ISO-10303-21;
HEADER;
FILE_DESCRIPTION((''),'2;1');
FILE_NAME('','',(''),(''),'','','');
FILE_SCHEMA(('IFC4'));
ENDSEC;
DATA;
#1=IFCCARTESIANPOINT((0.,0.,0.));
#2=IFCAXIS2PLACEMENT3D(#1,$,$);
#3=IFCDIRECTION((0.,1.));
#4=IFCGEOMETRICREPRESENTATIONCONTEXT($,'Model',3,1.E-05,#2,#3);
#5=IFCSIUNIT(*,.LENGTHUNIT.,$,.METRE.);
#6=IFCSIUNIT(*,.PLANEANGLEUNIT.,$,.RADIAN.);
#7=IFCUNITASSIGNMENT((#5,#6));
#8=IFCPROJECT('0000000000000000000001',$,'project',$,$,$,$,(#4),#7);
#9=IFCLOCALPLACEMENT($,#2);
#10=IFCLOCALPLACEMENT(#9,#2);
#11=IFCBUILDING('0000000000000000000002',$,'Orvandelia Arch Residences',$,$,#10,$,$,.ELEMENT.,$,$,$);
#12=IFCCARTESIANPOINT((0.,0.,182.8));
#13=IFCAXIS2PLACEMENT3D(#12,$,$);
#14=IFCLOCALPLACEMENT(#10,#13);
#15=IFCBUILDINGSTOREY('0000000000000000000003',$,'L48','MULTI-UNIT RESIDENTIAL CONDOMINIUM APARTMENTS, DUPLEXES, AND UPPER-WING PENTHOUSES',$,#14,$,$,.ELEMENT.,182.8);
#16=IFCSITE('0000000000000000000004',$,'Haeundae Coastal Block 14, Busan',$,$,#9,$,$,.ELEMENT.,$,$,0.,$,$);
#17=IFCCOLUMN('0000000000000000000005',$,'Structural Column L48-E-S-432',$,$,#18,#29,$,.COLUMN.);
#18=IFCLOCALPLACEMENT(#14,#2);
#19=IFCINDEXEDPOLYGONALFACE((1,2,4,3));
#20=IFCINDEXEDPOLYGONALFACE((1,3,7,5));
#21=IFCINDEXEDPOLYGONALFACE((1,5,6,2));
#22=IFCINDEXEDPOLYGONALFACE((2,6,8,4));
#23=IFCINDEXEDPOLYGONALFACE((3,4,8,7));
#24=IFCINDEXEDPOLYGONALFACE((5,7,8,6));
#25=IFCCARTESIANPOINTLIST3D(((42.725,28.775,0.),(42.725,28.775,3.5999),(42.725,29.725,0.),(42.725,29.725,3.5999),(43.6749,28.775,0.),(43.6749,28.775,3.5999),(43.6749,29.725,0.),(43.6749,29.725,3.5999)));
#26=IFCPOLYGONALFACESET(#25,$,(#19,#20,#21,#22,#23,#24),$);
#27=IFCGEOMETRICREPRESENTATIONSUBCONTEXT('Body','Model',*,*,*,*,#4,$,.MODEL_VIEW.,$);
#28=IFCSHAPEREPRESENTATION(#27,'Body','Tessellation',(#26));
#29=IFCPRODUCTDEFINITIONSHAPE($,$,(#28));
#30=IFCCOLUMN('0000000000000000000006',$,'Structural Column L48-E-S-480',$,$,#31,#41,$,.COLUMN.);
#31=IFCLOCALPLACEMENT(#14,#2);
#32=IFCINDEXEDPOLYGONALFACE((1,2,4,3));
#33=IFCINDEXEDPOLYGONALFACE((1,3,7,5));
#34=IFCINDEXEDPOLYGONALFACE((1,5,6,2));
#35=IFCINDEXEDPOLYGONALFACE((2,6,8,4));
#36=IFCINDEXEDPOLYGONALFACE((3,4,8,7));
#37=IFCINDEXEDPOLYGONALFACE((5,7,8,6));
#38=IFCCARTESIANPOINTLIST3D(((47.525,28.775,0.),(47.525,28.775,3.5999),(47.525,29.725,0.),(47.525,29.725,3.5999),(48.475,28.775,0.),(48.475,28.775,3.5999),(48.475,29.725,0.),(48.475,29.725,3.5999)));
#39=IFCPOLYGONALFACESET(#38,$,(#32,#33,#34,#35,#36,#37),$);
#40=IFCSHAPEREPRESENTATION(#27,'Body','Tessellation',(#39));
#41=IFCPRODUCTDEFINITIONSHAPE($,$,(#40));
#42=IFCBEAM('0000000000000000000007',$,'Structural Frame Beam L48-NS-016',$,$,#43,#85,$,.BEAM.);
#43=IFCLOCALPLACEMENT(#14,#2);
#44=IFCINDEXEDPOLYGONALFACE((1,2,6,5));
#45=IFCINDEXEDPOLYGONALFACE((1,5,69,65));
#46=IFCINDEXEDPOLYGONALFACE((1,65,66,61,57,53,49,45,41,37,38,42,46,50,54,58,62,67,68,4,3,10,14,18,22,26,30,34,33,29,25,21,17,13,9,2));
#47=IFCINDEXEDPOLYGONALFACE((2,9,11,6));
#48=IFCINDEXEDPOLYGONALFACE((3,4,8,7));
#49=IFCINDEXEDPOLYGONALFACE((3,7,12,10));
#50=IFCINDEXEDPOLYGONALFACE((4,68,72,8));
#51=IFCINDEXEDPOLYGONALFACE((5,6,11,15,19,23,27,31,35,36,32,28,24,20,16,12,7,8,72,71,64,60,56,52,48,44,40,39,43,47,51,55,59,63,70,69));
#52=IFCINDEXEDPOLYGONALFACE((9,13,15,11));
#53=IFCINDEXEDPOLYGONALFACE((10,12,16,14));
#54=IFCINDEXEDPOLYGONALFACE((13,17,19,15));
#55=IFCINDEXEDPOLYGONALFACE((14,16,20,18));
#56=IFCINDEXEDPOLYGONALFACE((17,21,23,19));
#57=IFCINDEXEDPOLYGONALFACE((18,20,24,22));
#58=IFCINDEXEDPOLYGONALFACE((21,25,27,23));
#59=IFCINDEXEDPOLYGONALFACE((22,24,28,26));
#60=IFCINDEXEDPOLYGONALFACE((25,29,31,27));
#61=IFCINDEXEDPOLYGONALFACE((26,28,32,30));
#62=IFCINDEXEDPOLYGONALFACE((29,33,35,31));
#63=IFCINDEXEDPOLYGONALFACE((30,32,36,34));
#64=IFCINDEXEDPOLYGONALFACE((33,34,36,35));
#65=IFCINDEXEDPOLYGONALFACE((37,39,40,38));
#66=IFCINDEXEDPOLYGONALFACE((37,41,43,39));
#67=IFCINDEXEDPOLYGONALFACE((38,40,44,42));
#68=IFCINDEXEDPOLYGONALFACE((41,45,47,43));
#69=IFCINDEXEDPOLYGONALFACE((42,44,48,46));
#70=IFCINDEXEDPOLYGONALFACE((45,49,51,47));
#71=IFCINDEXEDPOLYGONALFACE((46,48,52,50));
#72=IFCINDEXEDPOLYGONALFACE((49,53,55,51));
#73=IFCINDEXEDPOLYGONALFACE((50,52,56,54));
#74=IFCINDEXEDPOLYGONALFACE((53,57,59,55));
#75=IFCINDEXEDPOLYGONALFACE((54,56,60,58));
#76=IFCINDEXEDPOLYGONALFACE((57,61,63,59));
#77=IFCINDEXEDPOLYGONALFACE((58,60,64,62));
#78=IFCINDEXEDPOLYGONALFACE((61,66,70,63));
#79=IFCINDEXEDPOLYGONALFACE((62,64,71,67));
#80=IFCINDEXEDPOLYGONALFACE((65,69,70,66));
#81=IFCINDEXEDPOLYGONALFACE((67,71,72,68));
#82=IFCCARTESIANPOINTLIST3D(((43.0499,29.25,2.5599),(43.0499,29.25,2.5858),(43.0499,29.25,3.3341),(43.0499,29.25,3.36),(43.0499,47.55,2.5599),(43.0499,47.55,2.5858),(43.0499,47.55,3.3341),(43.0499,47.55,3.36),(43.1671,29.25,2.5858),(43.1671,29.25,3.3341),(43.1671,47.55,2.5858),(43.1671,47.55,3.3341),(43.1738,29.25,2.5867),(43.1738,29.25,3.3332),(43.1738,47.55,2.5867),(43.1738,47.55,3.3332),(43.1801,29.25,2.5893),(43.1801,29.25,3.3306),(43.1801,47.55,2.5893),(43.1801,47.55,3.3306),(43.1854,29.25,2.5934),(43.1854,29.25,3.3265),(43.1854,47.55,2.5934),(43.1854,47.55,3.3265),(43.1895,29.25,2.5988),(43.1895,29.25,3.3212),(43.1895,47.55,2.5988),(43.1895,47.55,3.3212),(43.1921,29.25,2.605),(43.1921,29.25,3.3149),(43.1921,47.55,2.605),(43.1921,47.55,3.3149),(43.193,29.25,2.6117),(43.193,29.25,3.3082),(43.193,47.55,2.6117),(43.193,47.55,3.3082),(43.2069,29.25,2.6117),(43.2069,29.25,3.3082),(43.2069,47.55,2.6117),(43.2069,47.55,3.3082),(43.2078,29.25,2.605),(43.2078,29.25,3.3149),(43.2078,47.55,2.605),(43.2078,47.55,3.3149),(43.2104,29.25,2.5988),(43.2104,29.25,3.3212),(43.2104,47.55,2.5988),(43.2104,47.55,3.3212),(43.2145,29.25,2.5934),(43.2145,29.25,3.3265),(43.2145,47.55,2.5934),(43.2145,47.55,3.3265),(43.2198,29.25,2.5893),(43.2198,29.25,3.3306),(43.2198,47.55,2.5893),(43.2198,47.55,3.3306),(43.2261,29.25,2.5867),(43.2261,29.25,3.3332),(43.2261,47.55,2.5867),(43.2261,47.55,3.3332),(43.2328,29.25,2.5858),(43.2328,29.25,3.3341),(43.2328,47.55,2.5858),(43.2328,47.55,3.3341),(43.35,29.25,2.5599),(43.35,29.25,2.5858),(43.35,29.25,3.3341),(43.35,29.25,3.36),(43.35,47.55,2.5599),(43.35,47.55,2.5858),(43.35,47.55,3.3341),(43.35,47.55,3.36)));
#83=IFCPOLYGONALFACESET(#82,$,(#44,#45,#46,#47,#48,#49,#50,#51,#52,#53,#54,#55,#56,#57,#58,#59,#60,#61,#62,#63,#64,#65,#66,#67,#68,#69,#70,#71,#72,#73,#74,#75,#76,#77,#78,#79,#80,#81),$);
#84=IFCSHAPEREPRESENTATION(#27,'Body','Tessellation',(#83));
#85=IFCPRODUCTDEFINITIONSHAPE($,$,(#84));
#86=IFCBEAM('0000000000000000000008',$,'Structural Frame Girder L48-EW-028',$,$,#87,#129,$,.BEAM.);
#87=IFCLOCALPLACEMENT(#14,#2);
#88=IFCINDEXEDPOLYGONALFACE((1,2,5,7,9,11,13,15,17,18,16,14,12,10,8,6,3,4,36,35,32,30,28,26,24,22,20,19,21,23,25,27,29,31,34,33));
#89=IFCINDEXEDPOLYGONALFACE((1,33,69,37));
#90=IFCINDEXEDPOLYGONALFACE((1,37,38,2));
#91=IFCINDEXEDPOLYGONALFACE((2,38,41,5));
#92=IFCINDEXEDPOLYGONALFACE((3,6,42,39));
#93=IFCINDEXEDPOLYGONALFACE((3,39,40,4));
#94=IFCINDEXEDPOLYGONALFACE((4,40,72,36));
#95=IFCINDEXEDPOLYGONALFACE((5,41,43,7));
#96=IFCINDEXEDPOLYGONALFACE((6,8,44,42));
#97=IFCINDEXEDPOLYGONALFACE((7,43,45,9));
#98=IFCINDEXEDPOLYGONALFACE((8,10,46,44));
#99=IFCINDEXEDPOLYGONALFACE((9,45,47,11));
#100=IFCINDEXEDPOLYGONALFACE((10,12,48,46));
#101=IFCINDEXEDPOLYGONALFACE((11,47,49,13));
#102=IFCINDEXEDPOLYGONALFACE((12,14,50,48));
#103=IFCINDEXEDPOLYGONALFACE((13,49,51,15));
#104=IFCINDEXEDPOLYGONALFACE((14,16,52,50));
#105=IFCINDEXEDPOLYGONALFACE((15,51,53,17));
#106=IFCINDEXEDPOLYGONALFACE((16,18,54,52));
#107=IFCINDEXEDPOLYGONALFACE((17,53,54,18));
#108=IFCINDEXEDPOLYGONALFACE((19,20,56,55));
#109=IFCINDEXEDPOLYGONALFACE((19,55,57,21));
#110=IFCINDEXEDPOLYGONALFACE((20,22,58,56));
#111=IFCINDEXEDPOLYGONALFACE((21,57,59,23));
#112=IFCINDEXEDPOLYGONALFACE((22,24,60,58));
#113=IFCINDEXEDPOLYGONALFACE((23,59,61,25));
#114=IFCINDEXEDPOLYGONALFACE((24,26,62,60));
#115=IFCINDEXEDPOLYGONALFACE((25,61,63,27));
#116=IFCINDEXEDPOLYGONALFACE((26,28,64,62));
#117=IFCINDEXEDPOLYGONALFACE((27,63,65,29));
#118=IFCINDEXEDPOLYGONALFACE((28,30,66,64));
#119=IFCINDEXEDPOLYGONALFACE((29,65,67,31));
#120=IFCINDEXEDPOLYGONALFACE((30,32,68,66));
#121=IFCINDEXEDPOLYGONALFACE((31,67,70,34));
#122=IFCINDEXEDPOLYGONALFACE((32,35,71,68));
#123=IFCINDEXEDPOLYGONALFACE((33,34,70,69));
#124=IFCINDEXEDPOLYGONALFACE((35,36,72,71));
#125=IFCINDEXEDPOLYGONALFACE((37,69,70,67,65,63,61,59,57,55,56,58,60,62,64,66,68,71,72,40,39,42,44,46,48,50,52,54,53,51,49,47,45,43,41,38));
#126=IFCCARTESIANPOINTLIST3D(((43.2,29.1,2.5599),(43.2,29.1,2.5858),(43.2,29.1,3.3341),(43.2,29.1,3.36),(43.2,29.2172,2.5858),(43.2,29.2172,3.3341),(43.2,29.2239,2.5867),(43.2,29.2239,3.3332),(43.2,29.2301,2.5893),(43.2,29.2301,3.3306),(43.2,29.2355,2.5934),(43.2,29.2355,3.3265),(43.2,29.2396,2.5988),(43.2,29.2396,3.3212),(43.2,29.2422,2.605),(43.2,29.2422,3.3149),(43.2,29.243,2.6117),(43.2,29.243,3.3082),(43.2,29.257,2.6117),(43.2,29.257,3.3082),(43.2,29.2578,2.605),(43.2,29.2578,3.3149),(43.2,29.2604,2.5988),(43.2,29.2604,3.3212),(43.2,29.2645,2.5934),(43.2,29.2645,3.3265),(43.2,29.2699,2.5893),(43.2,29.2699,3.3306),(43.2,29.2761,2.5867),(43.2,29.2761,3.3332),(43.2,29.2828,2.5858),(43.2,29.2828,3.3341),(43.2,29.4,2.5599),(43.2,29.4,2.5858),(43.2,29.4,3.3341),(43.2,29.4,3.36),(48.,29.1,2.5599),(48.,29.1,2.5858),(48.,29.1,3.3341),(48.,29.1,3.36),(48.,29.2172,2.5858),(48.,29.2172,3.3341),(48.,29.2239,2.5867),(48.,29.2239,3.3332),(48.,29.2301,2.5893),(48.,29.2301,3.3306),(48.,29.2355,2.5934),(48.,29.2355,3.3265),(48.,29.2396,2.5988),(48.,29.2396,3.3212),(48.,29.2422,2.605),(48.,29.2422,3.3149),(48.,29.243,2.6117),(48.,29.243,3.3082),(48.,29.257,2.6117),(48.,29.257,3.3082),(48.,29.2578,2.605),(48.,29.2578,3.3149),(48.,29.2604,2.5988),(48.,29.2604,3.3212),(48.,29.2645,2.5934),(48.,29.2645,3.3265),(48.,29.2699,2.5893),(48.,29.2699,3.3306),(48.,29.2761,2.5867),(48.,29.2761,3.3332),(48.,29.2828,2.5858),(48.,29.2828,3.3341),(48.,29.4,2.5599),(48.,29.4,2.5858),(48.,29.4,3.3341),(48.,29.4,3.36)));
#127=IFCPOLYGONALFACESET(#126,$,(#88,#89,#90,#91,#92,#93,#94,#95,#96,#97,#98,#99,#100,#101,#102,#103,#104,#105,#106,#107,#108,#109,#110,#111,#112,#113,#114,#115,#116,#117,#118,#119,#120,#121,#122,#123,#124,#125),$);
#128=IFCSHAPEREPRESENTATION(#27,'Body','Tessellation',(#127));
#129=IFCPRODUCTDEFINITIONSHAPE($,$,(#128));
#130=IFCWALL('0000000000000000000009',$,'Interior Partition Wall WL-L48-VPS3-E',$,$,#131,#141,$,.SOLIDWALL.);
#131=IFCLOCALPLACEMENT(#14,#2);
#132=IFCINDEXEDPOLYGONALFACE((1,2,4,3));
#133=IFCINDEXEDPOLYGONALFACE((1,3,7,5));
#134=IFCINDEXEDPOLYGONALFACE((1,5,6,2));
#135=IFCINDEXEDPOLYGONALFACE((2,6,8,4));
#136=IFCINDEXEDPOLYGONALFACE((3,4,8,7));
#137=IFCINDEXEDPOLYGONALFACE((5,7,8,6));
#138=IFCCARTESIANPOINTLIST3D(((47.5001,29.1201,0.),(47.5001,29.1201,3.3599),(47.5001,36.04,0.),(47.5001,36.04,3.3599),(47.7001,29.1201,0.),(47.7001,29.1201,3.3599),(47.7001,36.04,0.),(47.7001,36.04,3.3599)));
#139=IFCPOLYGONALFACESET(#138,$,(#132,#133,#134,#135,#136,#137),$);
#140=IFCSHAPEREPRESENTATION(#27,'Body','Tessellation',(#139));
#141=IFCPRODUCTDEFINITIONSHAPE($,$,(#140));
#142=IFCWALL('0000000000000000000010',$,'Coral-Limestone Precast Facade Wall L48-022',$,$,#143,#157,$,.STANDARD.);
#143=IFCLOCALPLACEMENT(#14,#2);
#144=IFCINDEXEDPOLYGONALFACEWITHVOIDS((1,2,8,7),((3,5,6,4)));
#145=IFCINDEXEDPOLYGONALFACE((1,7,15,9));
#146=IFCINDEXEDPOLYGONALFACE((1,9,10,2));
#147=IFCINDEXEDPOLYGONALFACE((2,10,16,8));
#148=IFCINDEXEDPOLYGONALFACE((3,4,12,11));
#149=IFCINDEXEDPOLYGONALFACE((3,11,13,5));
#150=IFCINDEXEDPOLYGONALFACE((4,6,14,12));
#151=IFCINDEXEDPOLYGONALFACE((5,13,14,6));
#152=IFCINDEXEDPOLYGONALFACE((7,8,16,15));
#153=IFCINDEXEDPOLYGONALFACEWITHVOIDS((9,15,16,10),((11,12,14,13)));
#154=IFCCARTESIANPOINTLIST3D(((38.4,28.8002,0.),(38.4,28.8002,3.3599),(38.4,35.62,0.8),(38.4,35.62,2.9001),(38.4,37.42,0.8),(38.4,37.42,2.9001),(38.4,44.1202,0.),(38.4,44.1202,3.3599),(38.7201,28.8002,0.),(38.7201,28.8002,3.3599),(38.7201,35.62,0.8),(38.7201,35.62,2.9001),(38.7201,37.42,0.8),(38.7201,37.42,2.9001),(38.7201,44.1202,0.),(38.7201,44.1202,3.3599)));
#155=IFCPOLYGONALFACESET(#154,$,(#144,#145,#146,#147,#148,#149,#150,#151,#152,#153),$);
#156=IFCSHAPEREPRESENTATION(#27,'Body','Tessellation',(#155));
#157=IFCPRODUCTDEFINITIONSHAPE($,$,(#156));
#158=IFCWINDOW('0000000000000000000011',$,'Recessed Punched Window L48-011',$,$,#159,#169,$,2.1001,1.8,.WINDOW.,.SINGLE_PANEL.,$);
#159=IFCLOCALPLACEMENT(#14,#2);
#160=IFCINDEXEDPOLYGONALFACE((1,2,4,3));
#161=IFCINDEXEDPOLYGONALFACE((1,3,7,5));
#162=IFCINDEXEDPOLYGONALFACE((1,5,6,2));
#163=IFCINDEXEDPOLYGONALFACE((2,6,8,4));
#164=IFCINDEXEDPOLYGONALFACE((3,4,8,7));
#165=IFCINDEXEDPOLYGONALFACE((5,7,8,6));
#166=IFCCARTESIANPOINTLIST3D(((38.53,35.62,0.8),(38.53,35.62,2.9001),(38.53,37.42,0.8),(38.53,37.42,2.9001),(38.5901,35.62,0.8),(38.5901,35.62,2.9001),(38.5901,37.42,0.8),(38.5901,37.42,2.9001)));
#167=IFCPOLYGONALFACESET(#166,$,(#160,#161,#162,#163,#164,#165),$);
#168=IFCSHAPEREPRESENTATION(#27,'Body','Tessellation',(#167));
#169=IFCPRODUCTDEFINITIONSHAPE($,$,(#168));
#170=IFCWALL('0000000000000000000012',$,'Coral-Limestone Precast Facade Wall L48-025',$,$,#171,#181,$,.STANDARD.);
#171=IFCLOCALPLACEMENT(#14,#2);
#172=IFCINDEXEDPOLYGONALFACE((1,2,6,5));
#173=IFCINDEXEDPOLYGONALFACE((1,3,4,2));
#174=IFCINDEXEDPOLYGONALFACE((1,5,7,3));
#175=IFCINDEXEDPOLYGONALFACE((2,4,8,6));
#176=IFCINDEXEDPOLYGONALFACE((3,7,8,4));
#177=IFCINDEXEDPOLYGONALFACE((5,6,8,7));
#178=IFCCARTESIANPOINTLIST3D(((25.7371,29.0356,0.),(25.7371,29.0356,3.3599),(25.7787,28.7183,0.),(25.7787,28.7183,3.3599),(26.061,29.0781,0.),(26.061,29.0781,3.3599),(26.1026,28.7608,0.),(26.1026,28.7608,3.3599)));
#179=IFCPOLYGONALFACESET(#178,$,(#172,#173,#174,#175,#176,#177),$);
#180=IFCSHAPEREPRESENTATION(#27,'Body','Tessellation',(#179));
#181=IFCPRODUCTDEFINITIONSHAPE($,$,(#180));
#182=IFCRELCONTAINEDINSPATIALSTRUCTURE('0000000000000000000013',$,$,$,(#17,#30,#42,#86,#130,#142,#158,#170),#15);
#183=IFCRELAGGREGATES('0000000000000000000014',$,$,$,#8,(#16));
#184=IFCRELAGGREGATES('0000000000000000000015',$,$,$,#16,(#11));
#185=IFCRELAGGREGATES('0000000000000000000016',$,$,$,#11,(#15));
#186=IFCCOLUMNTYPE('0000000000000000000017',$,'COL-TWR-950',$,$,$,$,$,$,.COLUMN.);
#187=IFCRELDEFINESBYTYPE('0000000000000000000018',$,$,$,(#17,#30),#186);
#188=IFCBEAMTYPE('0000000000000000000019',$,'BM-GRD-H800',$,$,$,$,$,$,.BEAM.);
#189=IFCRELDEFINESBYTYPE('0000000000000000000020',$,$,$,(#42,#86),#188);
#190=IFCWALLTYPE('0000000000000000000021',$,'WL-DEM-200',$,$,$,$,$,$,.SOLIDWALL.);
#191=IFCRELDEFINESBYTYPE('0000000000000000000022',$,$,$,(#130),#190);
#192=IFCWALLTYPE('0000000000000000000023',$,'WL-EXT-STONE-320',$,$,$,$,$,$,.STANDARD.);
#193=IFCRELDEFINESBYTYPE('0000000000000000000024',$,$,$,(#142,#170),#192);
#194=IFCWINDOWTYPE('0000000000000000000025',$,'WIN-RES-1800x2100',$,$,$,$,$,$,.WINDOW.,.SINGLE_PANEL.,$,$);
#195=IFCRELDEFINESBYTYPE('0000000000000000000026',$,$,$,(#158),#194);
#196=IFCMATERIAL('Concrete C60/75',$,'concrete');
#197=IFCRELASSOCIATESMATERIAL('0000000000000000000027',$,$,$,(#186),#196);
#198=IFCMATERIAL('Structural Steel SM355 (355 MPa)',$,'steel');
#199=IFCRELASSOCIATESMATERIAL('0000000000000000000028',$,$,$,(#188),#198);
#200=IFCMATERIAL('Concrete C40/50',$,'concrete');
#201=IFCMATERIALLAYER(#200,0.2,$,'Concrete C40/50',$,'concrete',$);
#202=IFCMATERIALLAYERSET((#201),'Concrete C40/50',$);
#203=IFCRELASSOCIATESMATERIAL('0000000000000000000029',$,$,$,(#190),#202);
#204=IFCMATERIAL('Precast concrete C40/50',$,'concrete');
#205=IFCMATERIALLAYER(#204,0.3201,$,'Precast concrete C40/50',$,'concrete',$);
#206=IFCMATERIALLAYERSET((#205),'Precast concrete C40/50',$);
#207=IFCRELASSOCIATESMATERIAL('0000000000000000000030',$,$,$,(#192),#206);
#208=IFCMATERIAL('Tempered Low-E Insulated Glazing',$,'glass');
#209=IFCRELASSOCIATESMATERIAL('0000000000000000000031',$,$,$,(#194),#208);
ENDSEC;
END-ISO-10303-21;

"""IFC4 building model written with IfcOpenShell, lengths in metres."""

from ifc_helpers import new_model, si_unit, direction, frame, frame_2d, origin, origin_2d, place, context, subcontext, project, spatial, rectangle, i_section, extrude, material, layer, layer_set, material_profile, profile_set, type_object, element, fill, save


model = new_model("IFC4")

# Units and contexts
model_context = context("Model", 3, precision=1e-05, world=origin(), true_north=direction((0.0, 1.0)))
body_context = subcontext(model_context, "Body", "Model", "MODEL_VIEW")
ifc_project = project(units=[si_unit("LENGTHUNIT", "METRE"), si_unit("PLANEANGLEUNIT", "RADIAN")], contexts=[model_context])

# Site, building, storey
site_placement = place(None, origin())
site = spatial("IfcSite", under=ifc_project, at=site_placement, Name="Haeundae Coastal Block 14, Busan", CompositionType="ELEMENT", RefElevation=0.0)
building_placement = place(site_placement, origin())
building = spatial("IfcBuilding", under=site, at=building_placement, Name="Orvandelia Arch Residences", CompositionType="ELEMENT")
storey_placement = place(building_placement, frame((0.0, 0.0, 182.8)))
storey = spatial("IfcBuildingStorey", under=building, at=storey_placement, Name="L48", Description="MULTI-UNIT RESIDENTIAL CONDOMINIUM APARTMENTS, DUPLEXES, AND UPPER-WING PENTHOUSES", CompositionType="ELEMENT", Elevation=182.8)

# Columns
ifc_material_1 = material(Name="Concrete C60/75", Category="concrete")
ifc_material_profile_1 = material_profile(ifc_material_1, rectangle(XDim=0.95, YDim=0.95, at=origin_2d()), Name="Concrete C60/75", Category="concrete")
ifc_profile_set_1 = profile_set([ifc_material_profile_1], Name="Concrete C60/75")
column_type = type_object("IfcColumnType", Name="COL-TWR-950", PredefinedType="COLUMN", material=ifc_profile_set_1)
for number, where, z_axis, x_axis, name in (
    (1, (43.2, 29.25, 0.0), (0.0, 0.0, 1.0), (1.0, 0.0, 0.0), "Structural Column L48-E-S-432"),
    (2, (48.0, 29.25, 0.0), (0.0, 0.0, 1.0), (1.0, 0.0, 0.0), "Structural Column L48-E-S-480"),
):
    element("IfcColumn", number, at=place(storey_placement, frame(where, z_axis=z_axis, x_axis=x_axis)), inside=storey, type_object=column_type, Name=name, PredefinedType="COLUMN", context=body_context, shape_type="SweptSolid", body=[
        extrude(rectangle(XDim=0.95, YDim=0.95, at=origin_2d()), origin(), (0.0, 0.0, 1.0), 3.5999),
    ])

# Beams
ifc_material_2 = material(Name="Structural Steel SM355 (355 MPa)", Category="steel")
ifc_material_profile_2 = material_profile(ifc_material_2, i_section(OverallWidth=0.3, OverallDepth=0.8, WebThickness=0.0139, FlangeThickness=0.0259, FilletRadius=0.0259, at=origin_2d()), Name="Structural Steel SM355 (355 MPa)", Category="steel")
ifc_profile_set_2 = profile_set([ifc_material_profile_2], Name="Structural Steel SM355 (355 MPa)")
beam_type = type_object("IfcBeamType", Name="BM-GRD-H800", PredefinedType="BEAM", material=ifc_profile_set_2)
beam_1_placement = place(storey_placement, frame((43.2, 29.25, 2.96), z_axis=(0.0, 1.0, 0.0), x_axis=(-1.0, 0.0, 0.0)))
element("IfcBeam", 3, at=beam_1_placement, inside=storey, type_object=beam_type, Name="Structural Frame Beam L48-NS-016", PredefinedType="BEAM", context=body_context, shape_type="SweptSolid", body=[
    extrude(i_section(OverallWidth=0.3, OverallDepth=0.8, WebThickness=0.0139, FlangeThickness=0.0259, FilletRadius=0.0259, at=origin_2d()), origin(), (0.0, 0.0, 1.0), 18.3),
])
beam_2_placement = place(storey_placement, frame((43.2, 29.25, 2.96), z_axis=(1.0, 0.0, 0.0), x_axis=(0.0, 1.0, 0.0)))
element("IfcBeam", 4, at=beam_2_placement, inside=storey, type_object=beam_type, Name="Structural Frame Girder L48-EW-028", PredefinedType="BEAM", context=body_context, shape_type="SweptSolid", body=[
    extrude(i_section(OverallWidth=0.3, OverallDepth=0.8, WebThickness=0.0139, FlangeThickness=0.0259, FilletRadius=0.0259, at=origin_2d()), origin(), (0.0, 0.0, 1.0), 4.8),
])

# Wall
ifc_material_3 = material(Name="Concrete C40/50", Category="concrete")
ifc_layer_1 = layer(ifc_material_3, 0.2, Name="Concrete C40/50", Category="concrete")
ifc_layer_set_1 = layer_set([ifc_layer_1], Name="Concrete C40/50")
wall_type_1 = type_object("IfcWallType", Name="WL-DEM-200", PredefinedType="SOLIDWALL", material=ifc_layer_set_1)
wall_1_placement = place(storey_placement, frame((47.6001, 29.1201, 0.0), z_axis=(0.0, 0.0, 1.0), x_axis=(0.0, 1.0, 0.0)))
element("IfcWall", 5, at=wall_1_placement, inside=storey, type_object=wall_type_1, Name="Interior Partition Wall WL-L48-VPS3-E", PredefinedType="SOLIDWALL", context=body_context, shape_type="SweptSolid", body=[
    extrude(rectangle(XDim=6.9199, YDim=0.2, at=frame_2d((3.46, 0.0))), origin(), (0.0, 0.0, 1.0), 3.3599),
])

# Wall, opening, window
ifc_material_4 = material(Name="Precast concrete C40/50", Category="concrete")
ifc_layer_2 = layer(ifc_material_4, 0.3201, Name="Precast concrete C40/50", Category="concrete")
ifc_layer_set_2 = layer_set([ifc_layer_2], Name="Precast concrete C40/50")
wall_type_2 = type_object("IfcWallType", Name="WL-EXT-STONE-320", PredefinedType="STANDARD", material=ifc_layer_set_2)
wall_2_placement = place(storey_placement, frame((38.5601, 28.8, 0.0), z_axis=(0.0, 0.0, 1.0), x_axis=(0.0, 1.0, 0.0)))
wall_2 = element("IfcWall", 6, at=wall_2_placement, inside=storey, type_object=wall_type_2, Name="Coral-Limestone Precast Facade Wall L48-022", PredefinedType="STANDARD", context=body_context, shape_type="SweptSolid", body=[
    extrude(rectangle(XDim=15.3201, YDim=0.3201, at=frame_2d((7.6602, 0.0))), origin(), (0.0, 0.0, 1.0), 3.3599),
])
opening_1_placement = place(wall_2_placement, frame((6.8201, 0.0, 0.8)))
opening_1 = element("IfcOpeningElement", 7, at=opening_1_placement, cuts=wall_2, PredefinedType="OPENING", context=body_context, shape_type="SweptSolid", body=[
    extrude(rectangle(XDim=1.8, YDim=2.1001, at=frame_2d((0.8999, 1.05))), frame((0.0, 0.1699, 0.0), z_axis=(0.0, -1.0, 0.0), x_axis=(1.0, 0.0, 0.0)), (0.0, 0.0, 1.0), 0.3401),
])
ifc_material_5 = material(Name="Tempered Low-E Insulated Glazing", Category="glass")
window_type = type_object("IfcWindowType", Name="WIN-RES-1800x2100", PartitioningType="SINGLE_PANEL", PredefinedType="WINDOW", material=ifc_material_5)
window_placement = place(opening_1_placement, origin())
window = element("IfcWindow", 8, at=window_placement, inside=storey, type_object=window_type, Name="Recessed Punched Window L48-011", OverallHeight=2.1001, OverallWidth=1.8, PartitioningType="SINGLE_PANEL", PredefinedType="WINDOW", context=body_context, shape_type="SweptSolid", body=[
    extrude(rectangle(XDim=1.8, YDim=2.1001, at=frame_2d((0.8999, 1.05))), frame((0.0, 0.03, 0.0), z_axis=(0.0, -1.0, 0.0), x_axis=(1.0, 0.0, 0.0)), (0.0, 0.0, 1.0), 0.0601),
])
fill(opening_1, window)

# Wall
wall_3_placement = place(storey_placement, frame((26.0818, 28.9194, 0.0), z_axis=(0.0, 0.0, 1.0), x_axis=(-0.991513, -0.13001, 0.0)))
element("IfcWall", 9, at=wall_3_placement, inside=storey, type_object=wall_type_2, Name="Coral-Limestone Precast Facade Wall L48-025", PredefinedType="STANDARD", context=body_context, shape_type="SweptSolid", body=[
    extrude(rectangle(XDim=0.3267, YDim=0.3201, at=frame_2d((0.1633, 0.0))), origin(), (0.0, 0.0, 1.0), 3.3599),
])

save(model, "model.ifc")
